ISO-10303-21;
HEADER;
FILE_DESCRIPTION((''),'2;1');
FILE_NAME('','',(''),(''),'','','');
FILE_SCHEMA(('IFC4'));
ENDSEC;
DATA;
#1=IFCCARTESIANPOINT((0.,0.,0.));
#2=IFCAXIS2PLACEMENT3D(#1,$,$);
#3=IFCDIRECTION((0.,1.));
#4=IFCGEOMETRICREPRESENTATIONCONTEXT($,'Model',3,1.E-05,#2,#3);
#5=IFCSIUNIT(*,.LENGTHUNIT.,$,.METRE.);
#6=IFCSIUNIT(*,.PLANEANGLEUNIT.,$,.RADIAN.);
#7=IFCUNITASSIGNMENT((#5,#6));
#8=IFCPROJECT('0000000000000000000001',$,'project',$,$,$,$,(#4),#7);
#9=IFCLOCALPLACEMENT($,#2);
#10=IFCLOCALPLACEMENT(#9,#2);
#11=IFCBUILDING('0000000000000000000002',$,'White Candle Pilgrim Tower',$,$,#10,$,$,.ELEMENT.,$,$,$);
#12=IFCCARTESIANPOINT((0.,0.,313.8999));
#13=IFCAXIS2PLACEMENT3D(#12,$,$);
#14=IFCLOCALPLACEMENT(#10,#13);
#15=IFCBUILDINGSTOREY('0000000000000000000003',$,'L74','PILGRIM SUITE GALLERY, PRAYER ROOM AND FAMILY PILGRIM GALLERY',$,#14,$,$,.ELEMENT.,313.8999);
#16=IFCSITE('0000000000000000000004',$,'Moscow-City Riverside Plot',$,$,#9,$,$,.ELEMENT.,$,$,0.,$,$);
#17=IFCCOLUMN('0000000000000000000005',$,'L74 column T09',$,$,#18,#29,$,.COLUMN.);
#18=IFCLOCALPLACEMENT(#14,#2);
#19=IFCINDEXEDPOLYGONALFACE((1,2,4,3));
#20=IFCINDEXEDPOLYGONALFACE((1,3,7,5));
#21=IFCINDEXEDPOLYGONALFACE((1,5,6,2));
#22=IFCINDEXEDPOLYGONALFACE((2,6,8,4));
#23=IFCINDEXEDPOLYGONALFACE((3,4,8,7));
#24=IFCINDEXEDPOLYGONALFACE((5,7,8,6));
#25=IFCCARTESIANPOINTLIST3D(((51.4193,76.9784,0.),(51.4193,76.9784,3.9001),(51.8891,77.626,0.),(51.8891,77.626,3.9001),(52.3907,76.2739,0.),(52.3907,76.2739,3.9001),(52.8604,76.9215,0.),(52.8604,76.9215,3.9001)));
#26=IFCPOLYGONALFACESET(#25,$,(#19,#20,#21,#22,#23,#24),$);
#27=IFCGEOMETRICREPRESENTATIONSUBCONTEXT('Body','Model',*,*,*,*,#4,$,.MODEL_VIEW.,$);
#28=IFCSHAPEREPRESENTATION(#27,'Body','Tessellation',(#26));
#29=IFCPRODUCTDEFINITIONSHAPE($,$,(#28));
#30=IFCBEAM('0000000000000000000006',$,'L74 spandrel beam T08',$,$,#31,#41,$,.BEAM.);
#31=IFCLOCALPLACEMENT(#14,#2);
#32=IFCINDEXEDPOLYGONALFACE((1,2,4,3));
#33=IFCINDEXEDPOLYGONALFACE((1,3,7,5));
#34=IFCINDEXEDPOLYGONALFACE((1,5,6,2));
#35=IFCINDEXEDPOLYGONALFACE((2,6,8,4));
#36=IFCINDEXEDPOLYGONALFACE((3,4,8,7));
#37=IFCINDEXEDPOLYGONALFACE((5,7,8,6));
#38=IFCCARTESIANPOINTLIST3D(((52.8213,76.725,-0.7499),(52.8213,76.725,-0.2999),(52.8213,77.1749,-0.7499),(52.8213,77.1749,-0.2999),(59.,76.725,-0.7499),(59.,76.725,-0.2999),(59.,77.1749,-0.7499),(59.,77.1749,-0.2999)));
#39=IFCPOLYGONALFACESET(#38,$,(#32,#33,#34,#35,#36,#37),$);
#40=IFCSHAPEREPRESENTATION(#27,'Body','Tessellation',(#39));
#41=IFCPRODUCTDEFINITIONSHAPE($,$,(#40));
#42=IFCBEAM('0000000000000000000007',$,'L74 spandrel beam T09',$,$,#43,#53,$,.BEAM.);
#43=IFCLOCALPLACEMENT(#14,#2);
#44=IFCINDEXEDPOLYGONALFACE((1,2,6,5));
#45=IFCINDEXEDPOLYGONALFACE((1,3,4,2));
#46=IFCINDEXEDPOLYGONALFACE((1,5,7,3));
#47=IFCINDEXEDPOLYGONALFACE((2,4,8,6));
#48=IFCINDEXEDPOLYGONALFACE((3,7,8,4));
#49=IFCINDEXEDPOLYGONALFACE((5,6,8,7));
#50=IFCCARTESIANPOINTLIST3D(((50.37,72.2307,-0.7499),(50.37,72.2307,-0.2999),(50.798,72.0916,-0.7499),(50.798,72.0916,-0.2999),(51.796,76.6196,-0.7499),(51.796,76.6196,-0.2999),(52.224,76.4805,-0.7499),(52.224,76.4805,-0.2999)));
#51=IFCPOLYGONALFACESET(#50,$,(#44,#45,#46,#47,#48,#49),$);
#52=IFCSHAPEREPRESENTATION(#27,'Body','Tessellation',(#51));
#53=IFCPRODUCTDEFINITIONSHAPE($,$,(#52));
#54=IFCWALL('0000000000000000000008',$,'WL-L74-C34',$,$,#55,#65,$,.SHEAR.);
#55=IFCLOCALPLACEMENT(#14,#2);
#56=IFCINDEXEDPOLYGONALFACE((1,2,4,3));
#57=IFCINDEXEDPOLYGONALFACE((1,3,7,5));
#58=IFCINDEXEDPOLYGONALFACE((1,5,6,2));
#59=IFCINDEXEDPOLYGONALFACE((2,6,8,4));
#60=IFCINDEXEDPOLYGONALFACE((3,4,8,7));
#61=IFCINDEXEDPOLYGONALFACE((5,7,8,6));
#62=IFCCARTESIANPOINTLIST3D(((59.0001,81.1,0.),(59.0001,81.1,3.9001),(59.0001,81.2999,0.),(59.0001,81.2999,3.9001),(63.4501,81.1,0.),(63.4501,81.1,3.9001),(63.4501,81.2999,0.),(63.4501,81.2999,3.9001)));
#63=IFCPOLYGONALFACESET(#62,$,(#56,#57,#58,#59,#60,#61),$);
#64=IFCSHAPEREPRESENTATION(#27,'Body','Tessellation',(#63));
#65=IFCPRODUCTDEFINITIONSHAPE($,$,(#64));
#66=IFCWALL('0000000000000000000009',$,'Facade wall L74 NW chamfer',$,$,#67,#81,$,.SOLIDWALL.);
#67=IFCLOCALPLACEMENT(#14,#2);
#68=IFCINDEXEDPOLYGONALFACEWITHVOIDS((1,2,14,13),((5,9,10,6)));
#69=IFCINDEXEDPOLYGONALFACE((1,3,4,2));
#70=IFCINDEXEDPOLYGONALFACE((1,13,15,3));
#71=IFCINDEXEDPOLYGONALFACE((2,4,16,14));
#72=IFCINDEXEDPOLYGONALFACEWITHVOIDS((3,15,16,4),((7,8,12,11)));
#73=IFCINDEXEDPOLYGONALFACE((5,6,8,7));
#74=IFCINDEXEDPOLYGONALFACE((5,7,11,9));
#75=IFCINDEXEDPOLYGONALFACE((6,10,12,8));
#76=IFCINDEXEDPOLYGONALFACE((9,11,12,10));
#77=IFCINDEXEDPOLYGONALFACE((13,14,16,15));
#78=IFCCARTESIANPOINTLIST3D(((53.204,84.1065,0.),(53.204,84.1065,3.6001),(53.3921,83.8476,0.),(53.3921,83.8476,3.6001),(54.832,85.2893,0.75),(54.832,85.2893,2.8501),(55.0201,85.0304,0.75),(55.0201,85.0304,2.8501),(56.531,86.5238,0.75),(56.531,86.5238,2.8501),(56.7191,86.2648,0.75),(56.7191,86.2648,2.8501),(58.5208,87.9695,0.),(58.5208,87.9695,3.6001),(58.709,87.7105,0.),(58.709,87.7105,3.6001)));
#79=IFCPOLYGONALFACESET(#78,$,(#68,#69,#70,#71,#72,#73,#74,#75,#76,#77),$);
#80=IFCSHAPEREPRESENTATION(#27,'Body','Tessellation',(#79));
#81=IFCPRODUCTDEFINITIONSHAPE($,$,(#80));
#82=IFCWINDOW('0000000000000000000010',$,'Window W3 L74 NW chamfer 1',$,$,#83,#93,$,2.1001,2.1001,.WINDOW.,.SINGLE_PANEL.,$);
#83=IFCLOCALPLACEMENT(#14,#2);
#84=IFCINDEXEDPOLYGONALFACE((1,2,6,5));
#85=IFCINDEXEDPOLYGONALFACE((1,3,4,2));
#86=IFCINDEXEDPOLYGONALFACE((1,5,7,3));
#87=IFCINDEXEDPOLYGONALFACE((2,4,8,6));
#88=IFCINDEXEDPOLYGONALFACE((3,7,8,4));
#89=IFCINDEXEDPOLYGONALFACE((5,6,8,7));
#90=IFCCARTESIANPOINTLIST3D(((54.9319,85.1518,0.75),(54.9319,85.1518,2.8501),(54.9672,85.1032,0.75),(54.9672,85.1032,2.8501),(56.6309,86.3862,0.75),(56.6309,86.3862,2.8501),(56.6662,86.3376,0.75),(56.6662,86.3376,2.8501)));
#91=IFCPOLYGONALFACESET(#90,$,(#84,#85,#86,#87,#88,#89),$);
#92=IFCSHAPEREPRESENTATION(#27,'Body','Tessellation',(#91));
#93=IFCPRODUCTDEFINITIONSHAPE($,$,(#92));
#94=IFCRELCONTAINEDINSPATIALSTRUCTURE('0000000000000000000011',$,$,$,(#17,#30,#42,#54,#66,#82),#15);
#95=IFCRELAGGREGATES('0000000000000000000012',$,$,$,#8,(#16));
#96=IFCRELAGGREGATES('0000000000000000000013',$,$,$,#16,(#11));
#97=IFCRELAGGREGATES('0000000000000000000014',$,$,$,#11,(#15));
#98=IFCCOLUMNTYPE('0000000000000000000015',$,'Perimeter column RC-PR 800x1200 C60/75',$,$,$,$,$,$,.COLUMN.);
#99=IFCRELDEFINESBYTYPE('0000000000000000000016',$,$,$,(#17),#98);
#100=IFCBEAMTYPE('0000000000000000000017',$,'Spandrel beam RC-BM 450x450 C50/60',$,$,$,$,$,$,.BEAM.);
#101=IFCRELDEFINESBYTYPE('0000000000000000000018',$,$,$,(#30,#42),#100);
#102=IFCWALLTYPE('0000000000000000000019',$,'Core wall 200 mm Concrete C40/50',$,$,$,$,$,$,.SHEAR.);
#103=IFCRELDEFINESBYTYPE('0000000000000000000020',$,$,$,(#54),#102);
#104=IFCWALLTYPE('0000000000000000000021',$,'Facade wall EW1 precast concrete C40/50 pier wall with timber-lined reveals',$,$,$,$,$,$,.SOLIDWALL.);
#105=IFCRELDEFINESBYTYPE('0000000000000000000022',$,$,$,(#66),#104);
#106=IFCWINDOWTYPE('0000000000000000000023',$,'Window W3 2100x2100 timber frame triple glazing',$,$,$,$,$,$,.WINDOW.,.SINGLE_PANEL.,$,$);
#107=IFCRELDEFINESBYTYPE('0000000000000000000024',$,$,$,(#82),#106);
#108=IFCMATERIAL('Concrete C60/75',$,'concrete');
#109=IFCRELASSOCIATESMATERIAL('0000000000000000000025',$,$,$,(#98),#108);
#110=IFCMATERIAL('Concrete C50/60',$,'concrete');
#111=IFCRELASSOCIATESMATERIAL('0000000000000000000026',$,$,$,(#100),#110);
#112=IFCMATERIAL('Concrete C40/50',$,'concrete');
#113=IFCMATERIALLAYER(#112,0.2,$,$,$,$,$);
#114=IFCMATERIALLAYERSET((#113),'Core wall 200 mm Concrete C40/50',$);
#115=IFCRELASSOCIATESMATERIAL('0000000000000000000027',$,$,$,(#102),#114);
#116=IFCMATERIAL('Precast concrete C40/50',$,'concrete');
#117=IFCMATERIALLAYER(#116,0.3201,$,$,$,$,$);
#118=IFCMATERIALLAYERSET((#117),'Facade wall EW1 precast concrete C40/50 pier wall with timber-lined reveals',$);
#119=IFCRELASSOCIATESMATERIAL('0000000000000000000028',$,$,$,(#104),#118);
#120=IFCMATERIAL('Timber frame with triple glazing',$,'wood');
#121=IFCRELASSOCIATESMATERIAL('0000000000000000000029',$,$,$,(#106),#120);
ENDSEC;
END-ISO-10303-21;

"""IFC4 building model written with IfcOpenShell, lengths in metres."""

from ifc_helpers import new_model, si_unit, direction, frame, frame_2d, origin, origin_2d, place, context, subcontext, project, spatial, rectangle, extrude, material, layer, layer_set, material_profile, profile_set, type_object, element, fill, save


model = new_model("IFC4")

# Units and contexts
model_context = context("Model", 3, precision=1e-05, world=origin(), true_north=direction((0.0, 1.0)))
body_context = subcontext(model_context, "Body", "Model", "MODEL_VIEW")
ifc_project = project(units=[si_unit("LENGTHUNIT", "METRE"), si_unit("PLANEANGLEUNIT", "RADIAN")], contexts=[model_context])

# Site, building, storey
site_placement = place(None, origin())
site = spatial("IfcSite", under=ifc_project, at=site_placement, Name="Moscow-City Riverside Plot", CompositionType="ELEMENT", RefElevation=0.0)
building_placement = place(site_placement, origin())
building = spatial("IfcBuilding", under=site, at=building_placement, Name="White Candle Pilgrim Tower", CompositionType="ELEMENT")
storey_placement = place(building_placement, frame((0.0, 0.0, 313.8999)))
storey = spatial("IfcBuildingStorey", under=building, at=storey_placement, Name="L74", Description="PILGRIM SUITE GALLERY, PRAYER ROOM AND FAMILY PILGRIM GALLERY", CompositionType="ELEMENT", Elevation=313.8999)

# Column
ifc_material_1 = material(Name="Concrete C60/75", Category="concrete")
ifc_material_profile_1 = material_profile(ifc_material_1, rectangle(XDim=0.8, YDim=1.2, at=origin_2d()), Name="RC-PR 800x1200")
ifc_profile_set_1 = profile_set([ifc_material_profile_1], Name="Concrete C60/75")
column_type = type_object("IfcColumnType", Name="Perimeter column RC-PR 800x1200 C60/75", PredefinedType="COLUMN", material=ifc_profile_set_1)
column_placement = place(storey_placement, frame((52.1399, 76.95, 0.0), z_axis=(0.0, 0.0, 1.0), x_axis=(0.587107, 0.809509, 0.0)))
element("IfcColumn", 1, at=column_placement, inside=storey, type_object=column_type, Name="L74 column T09", PredefinedType="COLUMN", context=body_context, shape_type="SweptSolid", body=[
    extrude(rectangle(XDim=0.8, YDim=1.2, at=origin_2d()), origin(), (0.0, 0.0, 1.0), 3.9001),
])

# Beams
ifc_material_2 = material(Name="Concrete C50/60", Category="concrete")
ifc_material_profile_2 = material_profile(ifc_material_2, rectangle(XDim=0.45, YDim=0.45, at=origin_2d()), Name="RC-BM 450x450")
ifc_profile_set_2 = profile_set([ifc_material_profile_2], Name="Concrete C50/60")
beam_type = type_object("IfcBeamType", Name="Spandrel beam RC-BM 450x450 C50/60", PredefinedType="BEAM", material=ifc_profile_set_2)
beam_1_placement = place(storey_placement, frame((52.8213, 76.95, -0.5249), z_axis=(1.0, 0.0, 0.0), x_axis=(0.0, 1.0, 0.0)))
element("IfcBeam", 2, at=beam_1_placement, inside=storey, type_object=beam_type, Name="L74 spandrel beam T08", PredefinedType="BEAM", context=body_context, shape_type="SweptSolid", body=[
    extrude(rectangle(XDim=0.45, YDim=0.45, at=origin_2d()), origin(), (0.0, 0.0, 1.0), 6.1787),
])
beam_2_placement = place(storey_placement, frame((52.01, 76.55, -0.5249), z_axis=(-0.309013, -0.951058, 0.0), x_axis=(0.951058, -0.309013, 0.0)))
element("IfcBeam", 3, at=beam_2_placement, inside=storey, type_object=beam_type, Name="L74 spandrel beam T09", PredefinedType="BEAM", context=body_context, shape_type="SweptSolid", body=[
    extrude(rectangle(XDim=0.45, YDim=0.45, at=origin_2d()), origin(), (0.0, 0.0, 1.0), 4.6147),
])

# Wall
ifc_material_3 = material(Name="Concrete C40/50", Category="concrete")
ifc_layer_1 = layer(ifc_material_3, 0.2)
ifc_layer_set_1 = layer_set([ifc_layer_1], Name="Core wall 200 mm Concrete C40/50")
wall_type_1 = type_object("IfcWallType", Name="Core wall 200 mm Concrete C40/50", PredefinedType="SHEAR", material=ifc_layer_set_1)
wall_1_placement = place(storey_placement, frame((59.0, 81.2, 0.0), z_axis=(0.0, 0.0, 1.0), x_axis=(1.0, 0.0, 0.0)))
element("IfcWall", 4, at=wall_1_placement, inside=storey, type_object=wall_type_1, Name="WL-L74-C34", PredefinedType="SHEAR", context=body_context, shape_type="SweptSolid", body=[
    extrude(rectangle(XDim=4.45, YDim=0.2, at=frame_2d((2.2251, 0.0))), origin(), (0.0, 0.0, 1.0), 3.9001),
])

# Wall, opening, window
ifc_material_4 = material(Name="Precast concrete C40/50", Category="concrete")
ifc_layer_2 = layer(ifc_material_4, 0.3201)
ifc_layer_set_2 = layer_set([ifc_layer_2], Name="Facade wall EW1 precast concrete C40/50 pier wall with timber-lined reveals")
wall_type_2 = type_object("IfcWallType", Name="Facade wall EW1 precast concrete C40/50 pier wall with timber-lined reveals", PredefinedType="SOLIDWALL", material=ifc_layer_set_2)
wall_2_placement = place(storey_placement, frame((58.615, 87.8401, 0.0), z_axis=(0.0, 0.0, 1.0), x_axis=(-0.809011, -0.587794, 0.0)))
wall_2 = element("IfcWall", 5, at=wall_2_placement, inside=storey, type_object=wall_type_2, Name="Facade wall L74 NW chamfer", PredefinedType="SOLIDWALL", context=body_context, shape_type="SweptSolid", body=[
    extrude(rectangle(XDim=6.572, YDim=0.3201, at=frame_2d((3.2861, 0.0))), origin(), (0.0, 0.0, 1.0), 3.6001),
])
opening_1_placement = place(wall_2_placement, frame((2.4597, 0.0, 0.75)))
opening_1 = element("IfcOpeningElement", 6, at=opening_1_placement, cuts=wall_2, PredefinedType="OPENING", context=body_context, shape_type="SweptSolid", body=[
    extrude(rectangle(XDim=2.1001, YDim=2.1001, at=frame_2d((1.05, 1.05))), frame((0.0, 0.1699, 0.0), z_axis=(0.0, -1.0, 0.0), x_axis=(1.0, 0.0, 0.0)), (0.0, 0.0, 1.0), 0.3401),
])
ifc_material_5 = material(Name="Timber frame with triple glazing", Category="wood")
window_type_1 = type_object("IfcWindowType", Name="Window W3 2100x2100 timber frame triple glazing", PartitioningType="SINGLE_PANEL", PredefinedType="WINDOW", material=ifc_material_5)
window_1_placement = place(opening_1_placement, origin())
window_1 = element("IfcWindow", 7, at=window_1_placement, inside=storey, type_object=window_type_1, Name="Window W3 L74 NW chamfer 1", OverallHeight=2.1001, OverallWidth=2.1001, PartitioningType="SINGLE_PANEL", PredefinedType="WINDOW", context=body_context, shape_type="SweptSolid", body=[
    extrude(rectangle(XDim=2.1001, YDim=2.1001, at=frame_2d((1.05, 1.05))), frame((0.0, 0.0701, 0.0), z_axis=(0.0, -1.0, 0.0), x_axis=(1.0, 0.0, 0.0)), (0.0, 0.0, 1.0), 0.0601),
])
fill(opening_1, window_1)

save(model, "model.ifc")
